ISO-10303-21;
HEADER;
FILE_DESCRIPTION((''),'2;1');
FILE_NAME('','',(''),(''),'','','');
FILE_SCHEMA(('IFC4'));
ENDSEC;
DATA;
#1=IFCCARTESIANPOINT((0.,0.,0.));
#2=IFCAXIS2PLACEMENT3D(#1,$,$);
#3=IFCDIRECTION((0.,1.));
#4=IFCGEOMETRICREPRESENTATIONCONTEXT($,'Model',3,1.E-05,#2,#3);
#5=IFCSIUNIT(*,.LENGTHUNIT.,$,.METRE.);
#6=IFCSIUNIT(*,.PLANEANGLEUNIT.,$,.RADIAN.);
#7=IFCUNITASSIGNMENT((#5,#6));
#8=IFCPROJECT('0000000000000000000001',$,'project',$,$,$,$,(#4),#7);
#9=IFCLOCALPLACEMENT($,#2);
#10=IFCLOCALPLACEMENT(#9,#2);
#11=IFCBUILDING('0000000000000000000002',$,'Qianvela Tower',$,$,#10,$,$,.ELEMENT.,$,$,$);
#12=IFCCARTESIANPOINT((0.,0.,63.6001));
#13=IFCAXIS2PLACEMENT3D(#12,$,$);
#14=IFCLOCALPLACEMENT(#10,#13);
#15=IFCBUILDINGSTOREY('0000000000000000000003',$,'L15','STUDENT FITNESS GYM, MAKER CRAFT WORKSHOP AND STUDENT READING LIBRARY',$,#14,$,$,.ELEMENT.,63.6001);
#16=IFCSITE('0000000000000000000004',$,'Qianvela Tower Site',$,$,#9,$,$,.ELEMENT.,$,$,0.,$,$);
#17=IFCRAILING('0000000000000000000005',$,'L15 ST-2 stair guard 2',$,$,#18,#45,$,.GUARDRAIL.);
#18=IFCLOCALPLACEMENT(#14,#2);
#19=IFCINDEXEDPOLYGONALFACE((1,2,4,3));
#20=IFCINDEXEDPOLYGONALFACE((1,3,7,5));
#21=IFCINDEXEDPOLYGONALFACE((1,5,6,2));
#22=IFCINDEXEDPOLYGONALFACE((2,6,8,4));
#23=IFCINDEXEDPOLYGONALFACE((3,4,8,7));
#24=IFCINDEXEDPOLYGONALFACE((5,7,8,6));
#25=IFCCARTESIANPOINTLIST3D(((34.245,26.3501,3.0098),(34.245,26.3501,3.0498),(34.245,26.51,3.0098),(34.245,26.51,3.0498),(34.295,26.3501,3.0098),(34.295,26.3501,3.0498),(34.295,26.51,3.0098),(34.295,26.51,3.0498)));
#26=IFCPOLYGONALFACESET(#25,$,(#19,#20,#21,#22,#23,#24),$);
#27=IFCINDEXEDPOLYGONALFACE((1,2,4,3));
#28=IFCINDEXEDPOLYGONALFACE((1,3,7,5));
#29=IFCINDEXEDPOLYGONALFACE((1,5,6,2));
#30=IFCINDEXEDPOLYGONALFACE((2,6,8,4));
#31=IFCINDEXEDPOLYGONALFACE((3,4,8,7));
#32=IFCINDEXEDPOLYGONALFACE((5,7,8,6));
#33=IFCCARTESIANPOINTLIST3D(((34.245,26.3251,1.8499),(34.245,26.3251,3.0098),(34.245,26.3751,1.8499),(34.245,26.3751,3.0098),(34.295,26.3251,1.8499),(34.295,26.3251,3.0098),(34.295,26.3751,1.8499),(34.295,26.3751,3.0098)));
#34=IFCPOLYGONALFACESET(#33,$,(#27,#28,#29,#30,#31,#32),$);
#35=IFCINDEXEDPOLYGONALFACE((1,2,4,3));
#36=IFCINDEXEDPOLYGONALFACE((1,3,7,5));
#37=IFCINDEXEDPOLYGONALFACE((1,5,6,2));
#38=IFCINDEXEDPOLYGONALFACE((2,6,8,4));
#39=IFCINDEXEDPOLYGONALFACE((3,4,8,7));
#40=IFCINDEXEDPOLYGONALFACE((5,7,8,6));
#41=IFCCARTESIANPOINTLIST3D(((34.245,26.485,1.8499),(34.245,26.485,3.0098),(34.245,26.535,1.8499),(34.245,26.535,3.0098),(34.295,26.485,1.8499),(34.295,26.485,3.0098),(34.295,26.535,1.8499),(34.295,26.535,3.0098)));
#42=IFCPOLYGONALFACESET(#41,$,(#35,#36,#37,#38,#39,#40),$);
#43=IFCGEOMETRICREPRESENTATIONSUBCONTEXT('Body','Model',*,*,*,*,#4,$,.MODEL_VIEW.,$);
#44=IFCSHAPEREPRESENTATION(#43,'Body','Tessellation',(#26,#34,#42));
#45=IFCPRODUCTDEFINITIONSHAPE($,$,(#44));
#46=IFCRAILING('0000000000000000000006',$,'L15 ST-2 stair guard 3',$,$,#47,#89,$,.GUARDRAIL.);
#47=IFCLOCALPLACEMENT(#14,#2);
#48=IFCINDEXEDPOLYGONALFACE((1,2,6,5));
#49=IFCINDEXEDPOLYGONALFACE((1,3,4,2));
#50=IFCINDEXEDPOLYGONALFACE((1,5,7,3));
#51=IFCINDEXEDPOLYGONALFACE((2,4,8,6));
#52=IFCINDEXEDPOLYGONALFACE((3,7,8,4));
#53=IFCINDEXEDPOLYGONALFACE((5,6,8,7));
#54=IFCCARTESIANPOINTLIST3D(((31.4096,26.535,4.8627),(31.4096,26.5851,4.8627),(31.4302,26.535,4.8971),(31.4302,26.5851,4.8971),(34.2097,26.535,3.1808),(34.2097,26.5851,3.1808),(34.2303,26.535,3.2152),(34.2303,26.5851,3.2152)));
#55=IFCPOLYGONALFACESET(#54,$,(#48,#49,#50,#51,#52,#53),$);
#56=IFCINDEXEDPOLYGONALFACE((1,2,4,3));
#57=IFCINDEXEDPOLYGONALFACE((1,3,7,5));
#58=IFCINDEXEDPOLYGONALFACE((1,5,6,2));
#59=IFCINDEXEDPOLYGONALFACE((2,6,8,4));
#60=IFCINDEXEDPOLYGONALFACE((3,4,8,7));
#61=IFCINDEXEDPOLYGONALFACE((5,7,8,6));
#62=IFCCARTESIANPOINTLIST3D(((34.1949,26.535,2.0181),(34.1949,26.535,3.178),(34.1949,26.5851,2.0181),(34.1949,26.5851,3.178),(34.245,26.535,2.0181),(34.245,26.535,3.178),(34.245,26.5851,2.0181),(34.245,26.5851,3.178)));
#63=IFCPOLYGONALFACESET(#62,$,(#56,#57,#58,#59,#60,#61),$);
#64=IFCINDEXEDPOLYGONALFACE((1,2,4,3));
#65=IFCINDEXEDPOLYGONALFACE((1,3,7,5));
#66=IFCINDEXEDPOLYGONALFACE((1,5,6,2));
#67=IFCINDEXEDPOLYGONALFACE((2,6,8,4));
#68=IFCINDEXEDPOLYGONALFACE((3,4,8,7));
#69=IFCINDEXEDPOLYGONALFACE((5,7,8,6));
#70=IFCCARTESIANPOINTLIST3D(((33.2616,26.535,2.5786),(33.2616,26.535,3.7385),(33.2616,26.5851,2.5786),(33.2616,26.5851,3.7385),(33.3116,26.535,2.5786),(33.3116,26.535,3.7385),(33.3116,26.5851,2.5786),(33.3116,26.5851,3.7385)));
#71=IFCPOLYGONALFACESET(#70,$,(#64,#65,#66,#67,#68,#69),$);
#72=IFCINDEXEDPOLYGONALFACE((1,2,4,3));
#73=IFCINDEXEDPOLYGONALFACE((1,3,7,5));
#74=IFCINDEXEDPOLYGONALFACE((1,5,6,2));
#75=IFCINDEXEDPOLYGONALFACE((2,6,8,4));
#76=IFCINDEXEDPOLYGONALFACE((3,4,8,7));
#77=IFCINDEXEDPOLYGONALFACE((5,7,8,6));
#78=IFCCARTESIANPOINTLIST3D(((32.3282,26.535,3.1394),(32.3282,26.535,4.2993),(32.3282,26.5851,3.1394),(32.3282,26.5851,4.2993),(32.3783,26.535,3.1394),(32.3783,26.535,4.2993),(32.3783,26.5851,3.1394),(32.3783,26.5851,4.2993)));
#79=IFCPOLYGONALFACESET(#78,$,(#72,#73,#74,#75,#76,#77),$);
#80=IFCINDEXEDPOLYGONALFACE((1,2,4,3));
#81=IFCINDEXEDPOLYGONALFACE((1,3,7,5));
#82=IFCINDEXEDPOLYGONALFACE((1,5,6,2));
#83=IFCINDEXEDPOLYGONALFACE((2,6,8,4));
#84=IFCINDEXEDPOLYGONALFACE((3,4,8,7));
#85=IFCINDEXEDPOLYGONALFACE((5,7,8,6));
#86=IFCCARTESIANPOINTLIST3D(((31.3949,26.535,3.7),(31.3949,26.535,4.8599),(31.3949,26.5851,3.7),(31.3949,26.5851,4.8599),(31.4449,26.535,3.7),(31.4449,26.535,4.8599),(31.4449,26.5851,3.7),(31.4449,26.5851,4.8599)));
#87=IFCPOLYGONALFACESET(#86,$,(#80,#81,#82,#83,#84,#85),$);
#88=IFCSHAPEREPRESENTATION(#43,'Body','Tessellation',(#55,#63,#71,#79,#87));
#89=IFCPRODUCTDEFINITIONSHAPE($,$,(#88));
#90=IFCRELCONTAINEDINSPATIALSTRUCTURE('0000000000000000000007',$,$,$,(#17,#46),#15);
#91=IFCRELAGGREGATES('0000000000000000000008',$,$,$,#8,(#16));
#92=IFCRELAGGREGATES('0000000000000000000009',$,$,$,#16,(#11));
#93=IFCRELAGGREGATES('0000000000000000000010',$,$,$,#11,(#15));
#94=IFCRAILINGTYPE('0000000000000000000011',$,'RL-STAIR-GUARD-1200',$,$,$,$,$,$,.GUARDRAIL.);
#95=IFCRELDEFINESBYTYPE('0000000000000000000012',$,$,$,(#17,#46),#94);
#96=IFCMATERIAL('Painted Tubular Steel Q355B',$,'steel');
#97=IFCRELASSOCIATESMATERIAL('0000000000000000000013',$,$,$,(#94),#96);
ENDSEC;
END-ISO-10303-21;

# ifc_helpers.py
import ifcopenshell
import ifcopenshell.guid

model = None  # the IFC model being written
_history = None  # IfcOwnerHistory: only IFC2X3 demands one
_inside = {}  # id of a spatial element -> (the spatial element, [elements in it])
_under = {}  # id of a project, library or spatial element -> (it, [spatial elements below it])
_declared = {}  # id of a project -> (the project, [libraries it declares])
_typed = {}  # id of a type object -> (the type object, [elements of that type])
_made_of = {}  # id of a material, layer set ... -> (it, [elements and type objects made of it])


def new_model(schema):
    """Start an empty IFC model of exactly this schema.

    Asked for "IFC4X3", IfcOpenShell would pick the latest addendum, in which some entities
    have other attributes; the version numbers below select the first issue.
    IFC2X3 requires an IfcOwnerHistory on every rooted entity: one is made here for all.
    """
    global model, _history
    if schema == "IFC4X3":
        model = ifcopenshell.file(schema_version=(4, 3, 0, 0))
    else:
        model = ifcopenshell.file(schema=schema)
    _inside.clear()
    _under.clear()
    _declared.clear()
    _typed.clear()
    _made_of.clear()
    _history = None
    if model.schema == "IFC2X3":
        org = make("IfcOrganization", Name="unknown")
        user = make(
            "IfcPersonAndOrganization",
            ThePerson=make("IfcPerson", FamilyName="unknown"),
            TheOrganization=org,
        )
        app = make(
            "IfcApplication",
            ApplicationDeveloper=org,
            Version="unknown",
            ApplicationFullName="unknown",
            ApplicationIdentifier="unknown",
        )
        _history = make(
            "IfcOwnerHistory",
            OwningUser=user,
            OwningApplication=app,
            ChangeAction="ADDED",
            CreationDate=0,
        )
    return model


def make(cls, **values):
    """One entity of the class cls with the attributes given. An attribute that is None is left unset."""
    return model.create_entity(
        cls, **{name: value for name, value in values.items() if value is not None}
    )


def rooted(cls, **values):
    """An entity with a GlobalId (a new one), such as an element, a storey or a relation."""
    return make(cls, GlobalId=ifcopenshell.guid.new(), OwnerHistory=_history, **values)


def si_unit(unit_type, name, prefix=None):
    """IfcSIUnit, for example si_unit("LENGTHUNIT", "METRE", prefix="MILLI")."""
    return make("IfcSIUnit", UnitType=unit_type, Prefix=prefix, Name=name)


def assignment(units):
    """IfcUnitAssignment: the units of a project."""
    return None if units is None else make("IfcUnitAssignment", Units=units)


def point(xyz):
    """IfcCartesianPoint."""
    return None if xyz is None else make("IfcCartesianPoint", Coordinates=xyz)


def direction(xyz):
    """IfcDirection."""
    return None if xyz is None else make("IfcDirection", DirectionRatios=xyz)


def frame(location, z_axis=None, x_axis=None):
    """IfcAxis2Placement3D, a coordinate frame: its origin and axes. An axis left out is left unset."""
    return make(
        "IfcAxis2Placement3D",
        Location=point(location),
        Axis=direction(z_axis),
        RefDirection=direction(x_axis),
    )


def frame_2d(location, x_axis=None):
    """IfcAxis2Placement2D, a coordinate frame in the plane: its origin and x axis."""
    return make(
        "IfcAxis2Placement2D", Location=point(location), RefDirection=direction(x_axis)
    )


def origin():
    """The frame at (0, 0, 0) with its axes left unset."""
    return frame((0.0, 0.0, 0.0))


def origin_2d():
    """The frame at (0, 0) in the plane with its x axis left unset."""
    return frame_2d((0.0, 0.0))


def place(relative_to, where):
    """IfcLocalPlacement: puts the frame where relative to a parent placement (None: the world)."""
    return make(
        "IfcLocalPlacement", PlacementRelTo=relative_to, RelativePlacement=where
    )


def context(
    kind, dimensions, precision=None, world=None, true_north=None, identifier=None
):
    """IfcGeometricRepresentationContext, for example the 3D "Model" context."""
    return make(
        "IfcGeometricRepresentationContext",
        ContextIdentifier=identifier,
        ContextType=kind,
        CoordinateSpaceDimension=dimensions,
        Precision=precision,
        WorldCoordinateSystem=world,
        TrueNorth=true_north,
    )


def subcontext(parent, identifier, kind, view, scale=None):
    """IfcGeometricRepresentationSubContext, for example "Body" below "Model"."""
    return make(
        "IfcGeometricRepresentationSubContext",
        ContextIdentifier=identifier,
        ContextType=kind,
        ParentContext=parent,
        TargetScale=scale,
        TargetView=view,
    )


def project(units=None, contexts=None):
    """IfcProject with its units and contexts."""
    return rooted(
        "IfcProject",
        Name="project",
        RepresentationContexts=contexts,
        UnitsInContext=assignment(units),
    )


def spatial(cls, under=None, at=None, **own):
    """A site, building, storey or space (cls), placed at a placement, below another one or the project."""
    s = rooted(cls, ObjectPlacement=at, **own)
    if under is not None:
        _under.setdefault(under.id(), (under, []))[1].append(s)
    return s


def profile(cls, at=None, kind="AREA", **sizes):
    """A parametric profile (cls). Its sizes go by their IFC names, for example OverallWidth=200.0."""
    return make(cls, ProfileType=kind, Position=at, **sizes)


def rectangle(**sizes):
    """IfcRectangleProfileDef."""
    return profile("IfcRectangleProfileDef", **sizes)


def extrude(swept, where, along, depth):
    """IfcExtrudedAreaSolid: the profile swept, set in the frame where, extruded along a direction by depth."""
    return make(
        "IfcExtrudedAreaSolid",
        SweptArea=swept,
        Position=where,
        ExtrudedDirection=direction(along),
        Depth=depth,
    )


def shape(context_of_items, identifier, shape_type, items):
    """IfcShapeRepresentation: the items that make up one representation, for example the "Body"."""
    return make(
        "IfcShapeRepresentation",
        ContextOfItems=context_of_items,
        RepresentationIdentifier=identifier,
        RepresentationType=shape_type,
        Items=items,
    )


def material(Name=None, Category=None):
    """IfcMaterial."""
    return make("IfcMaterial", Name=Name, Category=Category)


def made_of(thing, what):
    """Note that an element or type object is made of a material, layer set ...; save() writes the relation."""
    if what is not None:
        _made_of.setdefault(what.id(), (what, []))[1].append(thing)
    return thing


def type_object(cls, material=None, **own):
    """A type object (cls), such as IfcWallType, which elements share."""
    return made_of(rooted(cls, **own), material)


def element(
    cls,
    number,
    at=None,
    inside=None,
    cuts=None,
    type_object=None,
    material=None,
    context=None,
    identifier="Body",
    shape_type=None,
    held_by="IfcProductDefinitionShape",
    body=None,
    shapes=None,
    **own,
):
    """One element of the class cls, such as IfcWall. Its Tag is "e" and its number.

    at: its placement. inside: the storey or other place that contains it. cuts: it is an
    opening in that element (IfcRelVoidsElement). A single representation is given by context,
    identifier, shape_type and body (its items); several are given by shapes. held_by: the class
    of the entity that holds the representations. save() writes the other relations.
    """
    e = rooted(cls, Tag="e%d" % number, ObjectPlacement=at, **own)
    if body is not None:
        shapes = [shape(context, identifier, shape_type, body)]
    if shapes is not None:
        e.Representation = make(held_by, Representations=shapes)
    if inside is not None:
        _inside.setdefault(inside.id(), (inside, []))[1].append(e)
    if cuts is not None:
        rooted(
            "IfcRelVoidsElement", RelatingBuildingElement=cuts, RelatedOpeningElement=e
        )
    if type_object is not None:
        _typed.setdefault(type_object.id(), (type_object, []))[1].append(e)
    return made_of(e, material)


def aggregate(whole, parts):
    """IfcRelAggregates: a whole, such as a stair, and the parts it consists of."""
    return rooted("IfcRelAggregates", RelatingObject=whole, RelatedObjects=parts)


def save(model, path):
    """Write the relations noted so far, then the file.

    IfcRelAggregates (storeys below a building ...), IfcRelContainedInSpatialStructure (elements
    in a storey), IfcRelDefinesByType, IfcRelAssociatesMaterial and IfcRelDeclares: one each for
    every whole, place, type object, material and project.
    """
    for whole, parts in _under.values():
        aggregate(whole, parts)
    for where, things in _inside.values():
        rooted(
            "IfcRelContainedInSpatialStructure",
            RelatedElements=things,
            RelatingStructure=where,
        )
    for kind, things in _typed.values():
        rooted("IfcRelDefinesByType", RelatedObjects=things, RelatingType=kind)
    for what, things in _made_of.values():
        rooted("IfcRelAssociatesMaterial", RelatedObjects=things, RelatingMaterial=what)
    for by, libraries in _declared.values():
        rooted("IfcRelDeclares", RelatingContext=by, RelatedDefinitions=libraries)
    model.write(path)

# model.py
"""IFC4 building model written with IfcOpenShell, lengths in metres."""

from ifc_helpers import new_model, si_unit, direction, frame, origin, origin_2d, place, context, subcontext, project, spatial, rectangle, extrude, material, type_object, element, save


model = new_model("IFC4")

# Units and contexts
model_context = context("Model", 3, precision=1e-05, world=origin(), true_north=direction((0.0, 1.0)))
body_context = subcontext(model_context, "Body", "Model", "MODEL_VIEW")
ifc_project = project(units=[si_unit("LENGTHUNIT", "METRE"), si_unit("PLANEANGLEUNIT", "RADIAN")], contexts=[model_context])

# Site, building, storey
site_placement = place(None, origin())
site = spatial("IfcSite", under=ifc_project, at=site_placement, Name="Qianvela Tower Site", CompositionType="ELEMENT", RefElevation=0.0)
building_placement = place(site_placement, origin())
building = spatial("IfcBuilding", under=site, at=building_placement, Name="Qianvela Tower", CompositionType="ELEMENT")
storey_placement = place(building_placement, frame((0.0, 0.0, 63.6001)))
storey = spatial("IfcBuildingStorey", under=building, at=storey_placement, Name="L15", Description="STUDENT FITNESS GYM, MAKER CRAFT WORKSHOP AND STUDENT READING LIBRARY", CompositionType="ELEMENT", Elevation=63.6001)

# Railings
ifc_material_1 = material(Name="Painted Tubular Steel Q355B", Category="steel")
railing_type = type_object("IfcRailingType", Name="RL-STAIR-GUARD-1200", PredefinedType="GUARDRAIL", material=ifc_material_1)
railing_1_placement = place(storey_placement, frame((34.27, 26.3501, 1.8499)))
element("IfcRailing", 1, at=railing_1_placement, inside=storey, type_object=railing_type, Name="L15 ST-2 stair guard 2", PredefinedType="GUARDRAIL", context=body_context, shape_type="SweptSolid", body=[
    extrude(rectangle(XDim=0.05, YDim=0.04, at=origin_2d()), frame((0.0, 0.0, 1.1799), z_axis=(0.0, 1.0, 0.0), x_axis=(-1.0, 0.0, 0.0)), (0.0, 0.0, 1.0), 0.1599),
    extrude(rectangle(XDim=0.05, YDim=0.05, at=origin_2d()), origin(), (0.0, 0.0, 1.0), 1.1599),
    extrude(rectangle(XDim=0.05, YDim=0.05, at=origin_2d()), frame((0.0, 0.1599, 0.0)), (0.0, 0.0, 1.0), 1.1599),
])
railing_2_placement = place(storey_placement, frame((34.22, 26.5601, 2.0181)))
element("IfcRailing", 2, at=railing_2_placement, inside=storey, type_object=railing_type, Name="L15 ST-2 stair guard 3", PredefinedType="GUARDRAIL", context=body_context, shape_type="SweptSolid", body=[
    extrude(rectangle(XDim=0.05, YDim=0.04, at=origin_2d()), frame((0.0, 0.0, 1.1799), z_axis=(-0.857242, 0.0, 0.514913), x_axis=(0.0, -1.0, 0.0)), (0.0, 0.0, 1.0), 3.2664),
    extrude(rectangle(XDim=0.05, YDim=0.05, at=origin_2d()), origin(), (0.0, 0.0, 1.0), 1.1599),
    extrude(rectangle(XDim=0.05, YDim=0.05, at=origin_2d()), frame((-0.9333, 0.0, 0.5605)), (0.0, 0.0, 1.0), 1.1599),
    extrude(rectangle(XDim=0.05, YDim=0.05, at=origin_2d()), frame((-1.8667, 0.0, 1.1213)), (0.0, 0.0, 1.0), 1.1599),
    extrude(rectangle(XDim=0.05, YDim=0.05, at=origin_2d()), frame((-2.8, 0.0, 1.6819)), (0.0, 0.0, 1.0), 1.1599),
])

save(model, "model.ifc")
